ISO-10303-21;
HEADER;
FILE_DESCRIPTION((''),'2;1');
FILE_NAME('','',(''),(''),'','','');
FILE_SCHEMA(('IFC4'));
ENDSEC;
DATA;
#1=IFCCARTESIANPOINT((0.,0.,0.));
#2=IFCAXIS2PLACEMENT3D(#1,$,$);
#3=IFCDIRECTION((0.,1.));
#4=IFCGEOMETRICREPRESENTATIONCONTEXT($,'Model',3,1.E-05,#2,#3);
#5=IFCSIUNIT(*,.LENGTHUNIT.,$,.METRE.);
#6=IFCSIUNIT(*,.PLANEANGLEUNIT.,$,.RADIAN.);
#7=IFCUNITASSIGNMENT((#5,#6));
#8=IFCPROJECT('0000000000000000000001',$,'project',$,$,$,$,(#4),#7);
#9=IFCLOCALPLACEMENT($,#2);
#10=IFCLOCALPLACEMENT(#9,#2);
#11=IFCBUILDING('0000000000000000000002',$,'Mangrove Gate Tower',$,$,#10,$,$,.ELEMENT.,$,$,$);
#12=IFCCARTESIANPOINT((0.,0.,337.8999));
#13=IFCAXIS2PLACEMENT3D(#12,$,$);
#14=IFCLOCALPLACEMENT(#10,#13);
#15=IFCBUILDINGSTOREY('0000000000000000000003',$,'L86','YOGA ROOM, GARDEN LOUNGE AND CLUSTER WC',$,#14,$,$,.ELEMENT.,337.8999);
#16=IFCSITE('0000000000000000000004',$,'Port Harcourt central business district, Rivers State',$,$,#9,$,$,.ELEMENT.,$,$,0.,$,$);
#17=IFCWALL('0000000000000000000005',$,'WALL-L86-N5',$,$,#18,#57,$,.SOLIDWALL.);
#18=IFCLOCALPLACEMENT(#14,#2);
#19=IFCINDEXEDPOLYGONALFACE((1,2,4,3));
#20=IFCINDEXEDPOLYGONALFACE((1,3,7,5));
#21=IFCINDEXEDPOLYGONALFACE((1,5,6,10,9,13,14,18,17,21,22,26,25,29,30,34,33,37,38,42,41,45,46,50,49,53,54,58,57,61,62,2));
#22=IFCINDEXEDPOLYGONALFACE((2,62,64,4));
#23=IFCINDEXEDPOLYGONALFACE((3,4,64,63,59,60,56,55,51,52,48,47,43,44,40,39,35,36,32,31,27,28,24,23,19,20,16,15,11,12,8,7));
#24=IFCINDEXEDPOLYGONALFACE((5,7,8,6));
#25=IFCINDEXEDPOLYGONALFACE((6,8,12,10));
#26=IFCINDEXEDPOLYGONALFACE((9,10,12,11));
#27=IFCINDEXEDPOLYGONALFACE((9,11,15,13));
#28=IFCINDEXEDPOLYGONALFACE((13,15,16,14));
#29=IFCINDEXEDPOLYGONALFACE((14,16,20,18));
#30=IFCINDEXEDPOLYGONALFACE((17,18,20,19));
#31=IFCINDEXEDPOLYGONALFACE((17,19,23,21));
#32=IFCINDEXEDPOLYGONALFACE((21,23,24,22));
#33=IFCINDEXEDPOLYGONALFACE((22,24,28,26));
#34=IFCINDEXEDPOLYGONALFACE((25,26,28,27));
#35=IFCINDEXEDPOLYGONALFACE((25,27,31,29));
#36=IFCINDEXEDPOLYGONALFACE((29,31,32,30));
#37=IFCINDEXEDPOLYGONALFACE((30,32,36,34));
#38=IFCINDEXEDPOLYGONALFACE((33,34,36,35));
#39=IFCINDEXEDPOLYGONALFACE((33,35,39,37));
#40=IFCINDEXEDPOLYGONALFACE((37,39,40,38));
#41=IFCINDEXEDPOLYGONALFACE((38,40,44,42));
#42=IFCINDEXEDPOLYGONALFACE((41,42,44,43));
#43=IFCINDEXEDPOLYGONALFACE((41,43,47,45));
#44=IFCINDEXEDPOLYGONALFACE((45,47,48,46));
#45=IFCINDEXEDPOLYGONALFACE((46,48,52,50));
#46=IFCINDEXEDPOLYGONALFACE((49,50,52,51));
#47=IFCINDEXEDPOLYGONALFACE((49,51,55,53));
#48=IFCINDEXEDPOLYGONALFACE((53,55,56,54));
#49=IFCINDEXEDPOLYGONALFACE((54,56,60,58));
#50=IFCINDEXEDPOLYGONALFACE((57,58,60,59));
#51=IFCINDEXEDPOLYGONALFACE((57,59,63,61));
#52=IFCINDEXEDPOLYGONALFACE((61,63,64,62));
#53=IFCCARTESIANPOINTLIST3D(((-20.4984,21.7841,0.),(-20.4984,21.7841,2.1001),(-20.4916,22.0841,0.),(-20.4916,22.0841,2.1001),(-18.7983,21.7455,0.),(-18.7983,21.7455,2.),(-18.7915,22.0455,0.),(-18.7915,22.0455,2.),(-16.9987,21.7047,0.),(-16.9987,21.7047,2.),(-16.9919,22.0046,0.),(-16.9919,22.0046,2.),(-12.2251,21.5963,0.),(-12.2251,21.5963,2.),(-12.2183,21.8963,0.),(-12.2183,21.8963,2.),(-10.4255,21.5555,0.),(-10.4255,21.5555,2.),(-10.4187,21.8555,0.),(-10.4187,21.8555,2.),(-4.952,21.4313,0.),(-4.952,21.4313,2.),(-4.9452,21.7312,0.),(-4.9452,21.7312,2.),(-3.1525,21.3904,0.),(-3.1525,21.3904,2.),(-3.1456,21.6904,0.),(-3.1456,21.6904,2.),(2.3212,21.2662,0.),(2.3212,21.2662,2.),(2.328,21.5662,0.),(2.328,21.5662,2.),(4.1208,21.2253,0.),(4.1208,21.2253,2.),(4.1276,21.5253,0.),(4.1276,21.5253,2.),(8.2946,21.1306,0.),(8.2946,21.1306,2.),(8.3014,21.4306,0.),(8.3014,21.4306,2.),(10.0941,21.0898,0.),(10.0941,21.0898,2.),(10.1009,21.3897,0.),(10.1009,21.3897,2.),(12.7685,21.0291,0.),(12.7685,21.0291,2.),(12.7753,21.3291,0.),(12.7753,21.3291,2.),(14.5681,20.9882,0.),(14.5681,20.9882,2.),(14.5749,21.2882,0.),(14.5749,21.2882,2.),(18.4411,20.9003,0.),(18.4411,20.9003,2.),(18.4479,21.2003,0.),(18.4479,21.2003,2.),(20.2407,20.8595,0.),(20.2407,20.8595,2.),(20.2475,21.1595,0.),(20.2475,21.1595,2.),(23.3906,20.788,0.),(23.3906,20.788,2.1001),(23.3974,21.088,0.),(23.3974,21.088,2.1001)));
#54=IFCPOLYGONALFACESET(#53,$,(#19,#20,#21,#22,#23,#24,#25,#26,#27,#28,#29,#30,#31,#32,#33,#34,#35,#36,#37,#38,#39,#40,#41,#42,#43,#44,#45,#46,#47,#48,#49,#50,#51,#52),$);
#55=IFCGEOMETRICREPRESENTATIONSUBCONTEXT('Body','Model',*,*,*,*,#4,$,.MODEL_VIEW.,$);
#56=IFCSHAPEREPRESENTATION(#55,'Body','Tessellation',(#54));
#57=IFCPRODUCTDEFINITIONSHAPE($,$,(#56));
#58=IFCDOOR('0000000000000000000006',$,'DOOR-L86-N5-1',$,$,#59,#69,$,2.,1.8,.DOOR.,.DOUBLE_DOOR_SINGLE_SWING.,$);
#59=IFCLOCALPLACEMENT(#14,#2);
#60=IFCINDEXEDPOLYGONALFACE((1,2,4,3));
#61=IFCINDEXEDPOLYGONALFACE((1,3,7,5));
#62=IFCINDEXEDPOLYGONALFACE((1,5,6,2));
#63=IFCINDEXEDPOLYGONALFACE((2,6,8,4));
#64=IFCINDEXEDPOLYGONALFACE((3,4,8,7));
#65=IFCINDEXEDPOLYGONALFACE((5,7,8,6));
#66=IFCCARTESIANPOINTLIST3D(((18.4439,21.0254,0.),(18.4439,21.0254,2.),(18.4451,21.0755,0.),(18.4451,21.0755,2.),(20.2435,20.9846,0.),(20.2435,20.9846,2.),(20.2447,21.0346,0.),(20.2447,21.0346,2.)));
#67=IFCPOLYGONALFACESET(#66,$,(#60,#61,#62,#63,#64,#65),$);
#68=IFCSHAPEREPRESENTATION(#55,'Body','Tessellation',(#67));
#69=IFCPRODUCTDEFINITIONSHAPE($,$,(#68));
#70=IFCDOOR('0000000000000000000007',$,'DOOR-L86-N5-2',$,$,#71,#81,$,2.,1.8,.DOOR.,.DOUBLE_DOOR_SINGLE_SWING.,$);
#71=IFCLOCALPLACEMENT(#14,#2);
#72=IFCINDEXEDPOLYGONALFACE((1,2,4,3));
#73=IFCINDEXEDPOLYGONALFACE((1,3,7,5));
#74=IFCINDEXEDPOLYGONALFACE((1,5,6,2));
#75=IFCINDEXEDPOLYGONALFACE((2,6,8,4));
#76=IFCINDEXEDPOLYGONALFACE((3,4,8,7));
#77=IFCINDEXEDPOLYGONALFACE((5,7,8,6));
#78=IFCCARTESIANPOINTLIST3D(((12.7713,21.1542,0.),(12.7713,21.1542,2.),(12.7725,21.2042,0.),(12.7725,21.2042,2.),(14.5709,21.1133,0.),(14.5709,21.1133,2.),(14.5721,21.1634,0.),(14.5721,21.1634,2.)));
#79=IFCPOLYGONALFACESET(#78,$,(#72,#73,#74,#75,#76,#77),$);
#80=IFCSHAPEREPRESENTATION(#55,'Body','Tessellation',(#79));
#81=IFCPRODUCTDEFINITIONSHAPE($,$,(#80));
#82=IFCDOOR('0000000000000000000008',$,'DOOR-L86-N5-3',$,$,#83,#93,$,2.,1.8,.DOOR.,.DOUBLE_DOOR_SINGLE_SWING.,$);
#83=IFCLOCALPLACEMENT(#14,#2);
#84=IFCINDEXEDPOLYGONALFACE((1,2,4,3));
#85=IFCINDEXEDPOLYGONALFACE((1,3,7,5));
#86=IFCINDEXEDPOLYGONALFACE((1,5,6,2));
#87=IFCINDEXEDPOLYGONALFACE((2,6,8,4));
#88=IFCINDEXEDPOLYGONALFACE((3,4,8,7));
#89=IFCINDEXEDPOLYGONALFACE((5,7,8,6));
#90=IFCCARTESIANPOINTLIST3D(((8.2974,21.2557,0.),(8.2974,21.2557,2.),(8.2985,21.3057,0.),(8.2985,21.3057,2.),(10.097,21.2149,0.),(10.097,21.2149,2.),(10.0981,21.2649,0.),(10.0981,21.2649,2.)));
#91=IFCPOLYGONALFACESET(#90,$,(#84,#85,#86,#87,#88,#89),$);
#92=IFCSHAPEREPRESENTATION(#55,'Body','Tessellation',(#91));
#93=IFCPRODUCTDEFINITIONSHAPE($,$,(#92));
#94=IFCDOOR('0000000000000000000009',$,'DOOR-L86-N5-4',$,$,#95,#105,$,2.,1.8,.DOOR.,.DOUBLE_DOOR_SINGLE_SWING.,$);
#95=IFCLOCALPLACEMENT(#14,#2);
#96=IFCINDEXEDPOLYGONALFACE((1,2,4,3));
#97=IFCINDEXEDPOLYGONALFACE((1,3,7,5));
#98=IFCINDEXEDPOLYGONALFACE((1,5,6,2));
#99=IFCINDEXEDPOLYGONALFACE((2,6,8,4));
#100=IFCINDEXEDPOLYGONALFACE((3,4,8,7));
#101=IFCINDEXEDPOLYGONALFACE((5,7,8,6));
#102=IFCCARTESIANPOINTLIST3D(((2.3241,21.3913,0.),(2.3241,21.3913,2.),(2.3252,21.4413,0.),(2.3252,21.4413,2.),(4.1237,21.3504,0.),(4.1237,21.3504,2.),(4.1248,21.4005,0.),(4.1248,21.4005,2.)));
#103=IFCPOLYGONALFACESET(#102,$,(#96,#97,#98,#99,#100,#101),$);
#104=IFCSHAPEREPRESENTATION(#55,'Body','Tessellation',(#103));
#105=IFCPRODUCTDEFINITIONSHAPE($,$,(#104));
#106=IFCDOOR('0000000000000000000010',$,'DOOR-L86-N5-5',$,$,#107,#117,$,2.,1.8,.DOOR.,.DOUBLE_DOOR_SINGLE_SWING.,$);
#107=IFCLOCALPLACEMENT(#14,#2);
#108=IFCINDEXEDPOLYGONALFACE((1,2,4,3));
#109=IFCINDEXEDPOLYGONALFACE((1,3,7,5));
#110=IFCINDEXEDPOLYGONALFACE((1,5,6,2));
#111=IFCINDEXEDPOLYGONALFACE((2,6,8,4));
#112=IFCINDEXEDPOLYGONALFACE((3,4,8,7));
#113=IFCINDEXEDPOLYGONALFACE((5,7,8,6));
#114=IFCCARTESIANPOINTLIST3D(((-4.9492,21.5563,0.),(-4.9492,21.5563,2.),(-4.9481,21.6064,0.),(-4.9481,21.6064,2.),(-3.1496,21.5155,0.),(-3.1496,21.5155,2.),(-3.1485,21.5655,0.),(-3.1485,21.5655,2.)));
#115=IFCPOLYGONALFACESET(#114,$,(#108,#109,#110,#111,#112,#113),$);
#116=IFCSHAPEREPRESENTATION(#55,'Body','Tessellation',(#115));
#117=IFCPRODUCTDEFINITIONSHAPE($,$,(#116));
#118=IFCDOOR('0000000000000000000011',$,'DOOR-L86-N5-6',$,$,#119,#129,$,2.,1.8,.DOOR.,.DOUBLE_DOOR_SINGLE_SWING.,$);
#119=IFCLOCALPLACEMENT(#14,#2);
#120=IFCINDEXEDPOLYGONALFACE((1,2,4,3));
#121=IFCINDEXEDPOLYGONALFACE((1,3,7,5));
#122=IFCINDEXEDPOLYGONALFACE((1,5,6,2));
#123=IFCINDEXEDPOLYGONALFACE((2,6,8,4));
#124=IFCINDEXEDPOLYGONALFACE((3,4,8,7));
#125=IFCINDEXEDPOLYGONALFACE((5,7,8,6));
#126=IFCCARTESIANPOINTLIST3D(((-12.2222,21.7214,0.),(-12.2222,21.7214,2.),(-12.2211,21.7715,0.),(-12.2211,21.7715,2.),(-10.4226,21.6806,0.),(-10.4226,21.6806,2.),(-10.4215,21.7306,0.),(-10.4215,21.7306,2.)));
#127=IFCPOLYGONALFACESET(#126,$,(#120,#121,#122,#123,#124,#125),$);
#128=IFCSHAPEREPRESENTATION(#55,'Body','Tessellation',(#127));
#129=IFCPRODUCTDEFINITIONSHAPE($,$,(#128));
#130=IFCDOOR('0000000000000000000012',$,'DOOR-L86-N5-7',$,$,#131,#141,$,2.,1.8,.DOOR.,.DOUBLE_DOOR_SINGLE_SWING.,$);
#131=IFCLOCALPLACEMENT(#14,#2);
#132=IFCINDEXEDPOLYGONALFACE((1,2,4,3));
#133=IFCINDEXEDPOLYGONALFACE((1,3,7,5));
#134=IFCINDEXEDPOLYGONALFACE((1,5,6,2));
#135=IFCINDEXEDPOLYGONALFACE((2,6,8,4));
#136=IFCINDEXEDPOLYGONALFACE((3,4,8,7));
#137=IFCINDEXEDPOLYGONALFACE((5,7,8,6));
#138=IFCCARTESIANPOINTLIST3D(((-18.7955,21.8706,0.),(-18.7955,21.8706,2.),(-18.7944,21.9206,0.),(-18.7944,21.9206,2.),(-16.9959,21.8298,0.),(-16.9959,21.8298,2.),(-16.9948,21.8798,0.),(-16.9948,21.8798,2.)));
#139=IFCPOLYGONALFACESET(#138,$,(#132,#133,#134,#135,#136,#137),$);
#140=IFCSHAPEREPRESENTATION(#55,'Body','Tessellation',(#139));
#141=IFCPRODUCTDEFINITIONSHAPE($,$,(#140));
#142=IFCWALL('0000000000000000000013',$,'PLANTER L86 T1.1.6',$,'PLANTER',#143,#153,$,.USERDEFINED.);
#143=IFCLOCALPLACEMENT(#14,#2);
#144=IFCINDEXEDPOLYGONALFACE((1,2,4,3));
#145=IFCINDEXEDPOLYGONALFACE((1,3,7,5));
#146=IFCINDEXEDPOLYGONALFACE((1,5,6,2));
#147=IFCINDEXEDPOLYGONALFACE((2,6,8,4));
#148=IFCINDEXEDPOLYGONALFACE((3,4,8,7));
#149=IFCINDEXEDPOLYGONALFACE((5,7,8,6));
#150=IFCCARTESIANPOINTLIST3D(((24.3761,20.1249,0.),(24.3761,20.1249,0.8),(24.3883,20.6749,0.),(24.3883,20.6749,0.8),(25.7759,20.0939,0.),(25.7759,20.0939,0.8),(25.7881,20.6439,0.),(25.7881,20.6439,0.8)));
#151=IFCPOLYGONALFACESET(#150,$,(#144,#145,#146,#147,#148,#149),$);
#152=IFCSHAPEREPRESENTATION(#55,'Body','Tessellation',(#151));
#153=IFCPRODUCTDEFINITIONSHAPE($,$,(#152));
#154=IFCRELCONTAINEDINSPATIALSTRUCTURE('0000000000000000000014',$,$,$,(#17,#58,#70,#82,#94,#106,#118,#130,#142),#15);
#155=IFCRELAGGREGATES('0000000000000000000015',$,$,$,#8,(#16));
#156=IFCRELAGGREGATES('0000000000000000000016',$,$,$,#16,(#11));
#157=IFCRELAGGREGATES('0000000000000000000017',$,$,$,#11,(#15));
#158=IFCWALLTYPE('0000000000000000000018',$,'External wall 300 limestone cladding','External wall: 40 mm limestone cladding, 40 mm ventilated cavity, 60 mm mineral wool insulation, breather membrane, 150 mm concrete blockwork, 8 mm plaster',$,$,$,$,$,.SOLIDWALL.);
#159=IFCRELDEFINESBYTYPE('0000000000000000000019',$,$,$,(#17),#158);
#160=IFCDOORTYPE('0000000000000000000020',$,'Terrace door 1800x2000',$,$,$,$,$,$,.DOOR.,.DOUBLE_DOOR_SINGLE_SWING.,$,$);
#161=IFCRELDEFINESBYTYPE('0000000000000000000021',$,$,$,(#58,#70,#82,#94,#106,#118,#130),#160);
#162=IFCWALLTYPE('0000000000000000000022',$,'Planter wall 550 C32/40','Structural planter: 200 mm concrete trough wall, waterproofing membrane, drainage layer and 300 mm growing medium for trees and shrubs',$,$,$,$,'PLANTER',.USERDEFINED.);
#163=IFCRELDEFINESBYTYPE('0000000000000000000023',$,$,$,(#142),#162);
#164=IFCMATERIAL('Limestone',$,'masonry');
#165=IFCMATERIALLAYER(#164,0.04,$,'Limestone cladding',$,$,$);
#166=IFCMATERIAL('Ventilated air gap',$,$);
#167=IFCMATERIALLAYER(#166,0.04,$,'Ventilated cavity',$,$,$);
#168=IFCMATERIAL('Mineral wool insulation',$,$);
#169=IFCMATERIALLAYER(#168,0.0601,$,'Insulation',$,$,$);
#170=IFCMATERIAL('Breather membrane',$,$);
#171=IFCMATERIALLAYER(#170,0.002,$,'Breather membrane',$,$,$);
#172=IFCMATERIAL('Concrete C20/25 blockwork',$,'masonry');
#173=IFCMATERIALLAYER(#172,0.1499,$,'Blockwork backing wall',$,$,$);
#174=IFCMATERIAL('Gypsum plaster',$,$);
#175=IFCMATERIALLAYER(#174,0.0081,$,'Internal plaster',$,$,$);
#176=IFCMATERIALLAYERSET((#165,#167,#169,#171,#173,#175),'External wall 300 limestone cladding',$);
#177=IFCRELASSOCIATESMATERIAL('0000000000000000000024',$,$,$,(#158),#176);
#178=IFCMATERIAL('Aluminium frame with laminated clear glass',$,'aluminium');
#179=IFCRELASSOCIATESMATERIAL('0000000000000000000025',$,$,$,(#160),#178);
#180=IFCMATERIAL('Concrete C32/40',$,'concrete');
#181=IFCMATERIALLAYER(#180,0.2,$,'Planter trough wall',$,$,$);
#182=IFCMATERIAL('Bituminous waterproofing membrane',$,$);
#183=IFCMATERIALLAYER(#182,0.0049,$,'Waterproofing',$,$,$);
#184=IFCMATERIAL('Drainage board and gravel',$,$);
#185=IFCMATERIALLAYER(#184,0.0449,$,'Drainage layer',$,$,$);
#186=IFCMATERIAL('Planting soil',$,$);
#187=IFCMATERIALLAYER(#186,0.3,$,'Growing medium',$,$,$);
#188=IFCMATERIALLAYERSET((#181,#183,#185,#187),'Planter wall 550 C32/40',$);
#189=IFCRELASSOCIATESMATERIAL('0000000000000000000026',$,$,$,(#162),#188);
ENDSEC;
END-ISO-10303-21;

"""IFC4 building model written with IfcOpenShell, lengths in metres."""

from ifc_helpers import new_model, si_unit, direction, frame, frame_2d, origin, place, context, subcontext, project, spatial, rectangle, extrude, material, layer, layer_set, type_object, element, fill, save


model = new_model("IFC4")

# Units and contexts
model_context = context("Model", 3, precision=1e-05, world=origin(), true_north=direction((0.0, 1.0)))
body_context = subcontext(model_context, "Body", "Model", "MODEL_VIEW")
ifc_project = project(units=[si_unit("LENGTHUNIT", "METRE"), si_unit("PLANEANGLEUNIT", "RADIAN")], contexts=[model_context])

# Site, building, storey
site_placement = place(None, origin())
site = spatial("IfcSite", under=ifc_project, at=site_placement, Name="Port Harcourt central business district, Rivers State", CompositionType="ELEMENT", RefElevation=0.0)
building_placement = place(site_placement, origin())
building = spatial("IfcBuilding", under=site, at=building_placement, Name="Mangrove Gate Tower", CompositionType="ELEMENT")
storey_placement = place(building_placement, frame((0.0, 0.0, 337.8999)))
storey = spatial("IfcBuildingStorey", under=building, at=storey_placement, Name="L86", Description="YOGA ROOM, GARDEN LOUNGE AND CLUSTER WC", CompositionType="ELEMENT", Elevation=337.8999)

# Shared definitions
ifc_material_1 = material(Name="Limestone", Category="masonry")
ifc_layer_1 = layer(ifc_material_1, 0.04, Name="Limestone cladding")
ifc_material_2 = material(Name="Ventilated air gap")
ifc_layer_2 = layer(ifc_material_2, 0.04, Name="Ventilated cavity")
ifc_material_3 = material(Name="Mineral wool insulation")
ifc_layer_3 = layer(ifc_material_3, 0.0601, Name="Insulation")
ifc_material_4 = material(Name="Breather membrane")
ifc_layer_4 = layer(ifc_material_4, 0.002, Name="Breather membrane")
ifc_material_5 = material(Name="Concrete C20/25 blockwork", Category="masonry")
ifc_layer_5 = layer(ifc_material_5, 0.1499, Name="Blockwork backing wall")
ifc_material_6 = material(Name="Gypsum plaster")
ifc_layer_6 = layer(ifc_material_6, 0.0081, Name="Internal plaster")
ifc_layer_set_1 = layer_set([ifc_layer_1, ifc_layer_2, ifc_layer_3, ifc_layer_4, ifc_layer_5, ifc_layer_6], Name="External wall 300 limestone cladding")
wall_type_1 = type_object("IfcWallType", Name="External wall 300 limestone cladding", Description="External wall: 40 mm limestone cladding, 40 mm ventilated cavity, 60 mm mineral wool insulation, breather membrane, 150 mm concrete blockwork, 8 mm plaster", PredefinedType="SOLIDWALL", material=ifc_layer_set_1)

# Wall, openings, doors
wall_1_placement = place(storey_placement, frame((23.394, 20.938, 0.0), z_axis=(0.0, 0.0, 1.0), x_axis=(-0.999743, 0.02269, 0.0)))
wall_1 = element("IfcWall", 1, at=wall_1_placement, inside=storey, type_object=wall_type_1, Name="WALL-L86-N5", PredefinedType="SOLIDWALL", context=body_context, shape_type="SweptSolid", body=[
    extrude(rectangle(XDim=43.9004, YDim=0.3, at=frame_2d((21.9502, 0.0))), origin(), (0.0, 0.0, 1.0), 2.1001),
])
opening_1_placement = place(wall_1_placement, frame((3.1509, 0.0, 0.0)))
opening_1 = element("IfcOpeningElement", 2, at=opening_1_placement, cuts=wall_1, PredefinedType="OPENING", context=body_context, shape_type="SweptSolid", body=[
    extrude(rectangle(XDim=1.8, YDim=2.0, at=frame_2d((0.8999, 1.0))), frame((0.0, 0.1599, 0.0), z_axis=(0.0, -1.0, 0.0), x_axis=(1.0, 0.0, 0.0)), (0.0, 0.0, 1.0), 0.3201),
])
opening_2_placement = place(wall_1_placement, frame((8.825, 0.0, 0.0)))
opening_2 = element("IfcOpeningElement", 3, at=opening_2_placement, cuts=wall_1, PredefinedType="OPENING", context=body_context, shape_type="SweptSolid", body=[
    extrude(rectangle(XDim=1.8, YDim=2.0, at=frame_2d((0.8999, 1.0))), frame((0.0, 0.1599, 0.0), z_axis=(0.0, -1.0, 0.0), x_axis=(1.0, 0.0, 0.0)), (0.0, 0.0, 1.0), 0.3201),
])
opening_3_placement = place(wall_1_placement, frame((13.3, 0.0, 0.0)))
opening_3 = element("IfcOpeningElement", 4, at=opening_3_placement, cuts=wall_1, PredefinedType="OPENING", context=body_context, shape_type="SweptSolid", body=[
    extrude(rectangle(XDim=1.8, YDim=2.0, at=frame_2d((0.8999, 1.0))), frame((0.0, 0.1599, 0.0), z_axis=(0.0, -1.0, 0.0), x_axis=(1.0, 0.0, 0.0)), (0.0, 0.0, 1.0), 0.3201),
])
opening_4_placement = place(wall_1_placement, frame((19.2749, 0.0, 0.0)))
opening_4 = element("IfcOpeningElement", 5, at=opening_4_placement, cuts=wall_1, PredefinedType="OPENING", context=body_context, shape_type="SweptSolid", body=[
    extrude(rectangle(XDim=1.8, YDim=2.0, at=frame_2d((0.8999, 1.0))), frame((0.0, 0.1599, 0.0), z_axis=(0.0, -1.0, 0.0), x_axis=(1.0, 0.0, 0.0)), (0.0, 0.0, 1.0), 0.3201),
])
opening_5_placement = place(wall_1_placement, frame((26.55, 0.0, 0.0)))
opening_5 = element("IfcOpeningElement", 6, at=opening_5_placement, cuts=wall_1, PredefinedType="OPENING", context=body_context, shape_type="SweptSolid", body=[
    extrude(rectangle(XDim=1.8, YDim=2.0, at=frame_2d((0.8999, 1.0))), frame((0.0, 0.1599, 0.0), z_axis=(0.0, -1.0, 0.0), x_axis=(1.0, 0.0, 0.0)), (0.0, 0.0, 1.0), 0.3201),
])
opening_6_placement = place(wall_1_placement, frame((33.825, 0.0, 0.0)))
opening_6 = element("IfcOpeningElement", 7, at=opening_6_placement, cuts=wall_1, PredefinedType="OPENING", context=body_context, shape_type="SweptSolid", body=[
    extrude(rectangle(XDim=1.8, YDim=2.0, at=frame_2d((0.8999, 1.0))), frame((0.0, 0.1599, 0.0), z_axis=(0.0, -1.0, 0.0), x_axis=(1.0, 0.0, 0.0)), (0.0, 0.0, 1.0), 0.3201),
])
opening_7_placement = place(wall_1_placement, frame((40.3999, 0.0, 0.0)))
opening_7 = element("IfcOpeningElement", 8, at=opening_7_placement, cuts=wall_1, PredefinedType="OPENING", context=body_context, shape_type="SweptSolid", body=[
    extrude(rectangle(XDim=1.8, YDim=2.0, at=frame_2d((0.8999, 1.0))), frame((0.0, 0.1599, 0.0), z_axis=(0.0, -1.0, 0.0), x_axis=(1.0, 0.0, 0.0)), (0.0, 0.0, 1.0), 0.3201),
])
ifc_material_7 = material(Name="Aluminium frame with laminated clear glass", Category="aluminium")
door_type_1 = type_object("IfcDoorType", Name="Terrace door 1800x2000", OperationType="DOUBLE_DOOR_SINGLE_SWING", PredefinedType="DOOR", material=ifc_material_7)
door_1_placement = place(opening_1_placement, origin())
door_1 = element("IfcDoor", 9, at=door_1_placement, inside=storey, type_object=door_type_1, Name="DOOR-L86-N5-1", OperationType="DOUBLE_DOOR_SINGLE_SWING", OverallHeight=2.0, OverallWidth=1.8, PredefinedType="DOOR", context=body_context, shape_type="SweptSolid", body=[
    extrude(rectangle(XDim=1.8, YDim=2.0, at=frame_2d((0.8999, 1.0))), frame((0.0, 0.0249, 0.0), z_axis=(0.0, -1.0, 0.0), x_axis=(1.0, 0.0, 0.0)), (0.0, 0.0, 1.0), 0.05),
])
fill(opening_1, door_1)
door_2_placement = place(opening_2_placement, origin())
door_2 = element("IfcDoor", 10, at=door_2_placement, inside=storey, type_object=door_type_1, Name="DOOR-L86-N5-2", OperationType="DOUBLE_DOOR_SINGLE_SWING", OverallHeight=2.0, OverallWidth=1.8, PredefinedType="DOOR", context=body_context, shape_type="SweptSolid", body=[
    extrude(rectangle(XDim=1.8, YDim=2.0, at=frame_2d((0.8999, 1.0))), frame((0.0, 0.0249, 0.0), z_axis=(0.0, -1.0, 0.0), x_axis=(1.0, 0.0, 0.0)), (0.0, 0.0, 1.0), 0.05),
])
fill(opening_2, door_2)
door_3_placement = place(opening_3_placement, origin())
door_3 = element("IfcDoor", 11, at=door_3_placement, inside=storey, type_object=door_type_1, Name="DOOR-L86-N5-3", OperationType="DOUBLE_DOOR_SINGLE_SWING", OverallHeight=2.0, OverallWidth=1.8, PredefinedType="DOOR", context=body_context, shape_type="SweptSolid", body=[
    extrude(rectangle(XDim=1.8, YDim=2.0, at=frame_2d((0.8999, 1.0))), frame((0.0, 0.0249, 0.0), z_axis=(0.0, -1.0, 0.0), x_axis=(1.0, 0.0, 0.0)), (0.0, 0.0, 1.0), 0.05),
])
fill(opening_3, door_3)
door_4_placement = place(opening_4_placement, origin())
door_4 = element("IfcDoor", 12, at=door_4_placement, inside=storey, type_object=door_type_1, Name="DOOR-L86-N5-4", OperationType="DOUBLE_DOOR_SINGLE_SWING", OverallHeight=2.0, OverallWidth=1.8, PredefinedType="DOOR", context=body_context, shape_type="SweptSolid", body=[
    extrude(rectangle(XDim=1.8, YDim=2.0, at=frame_2d((0.8999, 1.0))), frame((0.0, 0.0249, 0.0), z_axis=(0.0, -1.0, 0.0), x_axis=(1.0, 0.0, 0.0)), (0.0, 0.0, 1.0), 0.05),
])
fill(opening_4, door_4)
door_5_placement = place(opening_5_placement, origin())
door_5 = element("IfcDoor", 13, at=door_5_placement, inside=storey, type_object=door_type_1, Name="DOOR-L86-N5-5", OperationType="DOUBLE_DOOR_SINGLE_SWING", OverallHeight=2.0, OverallWidth=1.8, PredefinedType="DOOR", context=body_context, shape_type="SweptSolid", body=[
    extrude(rectangle(XDim=1.8, YDim=2.0, at=frame_2d((0.8999, 1.0))), frame((0.0, 0.0249, 0.0), z_axis=(0.0, -1.0, 0.0), x_axis=(1.0, 0.0, 0.0)), (0.0, 0.0, 1.0), 0.05),
])
fill(opening_5, door_5)
door_6_placement = place(opening_6_placement, origin())
door_6 = element("IfcDoor", 14, at=door_6_placement, inside=storey, type_object=door_type_1, Name="DOOR-L86-N5-6", OperationType="DOUBLE_DOOR_SINGLE_SWING", OverallHeight=2.0, OverallWidth=1.8, PredefinedType="DOOR", context=body_context, shape_type="SweptSolid", body=[
    extrude(rectangle(XDim=1.8, YDim=2.0, at=frame_2d((0.8999, 1.0))), frame((0.0, 0.0249, 0.0), z_axis=(0.0, -1.0, 0.0), x_axis=(1.0, 0.0, 0.0)), (0.0, 0.0, 1.0), 0.05),
])
fill(opening_6, door_6)
door_7_placement = place(opening_7_placement, origin())
door_7 = element("IfcDoor", 15, at=door_7_placement, inside=storey, type_object=door_type_1, Name="DOOR-L86-N5-7", OperationType="DOUBLE_DOOR_SINGLE_SWING", OverallHeight=2.0, OverallWidth=1.8, PredefinedType="DOOR", context=body_context, shape_type="SweptSolid", body=[
    extrude(rectangle(XDim=1.8, YDim=2.0, at=frame_2d((0.8999, 1.0))), frame((0.0, 0.0249, 0.0), z_axis=(0.0, -1.0, 0.0), x_axis=(1.0, 0.0, 0.0)), (0.0, 0.0, 1.0), 0.05),
])
fill(opening_7, door_7)

# Wall
ifc_material_8 = material(Name="Concrete C32/40", Category="concrete")
ifc_layer_7 = layer(ifc_material_8, 0.2, Name="Planter trough wall")
ifc_material_9 = material(Name="Bituminous waterproofing membrane")
ifc_layer_8 = layer(ifc_material_9, 0.0049, Name="Waterproofing")
ifc_material_10 = material(Name="Drainage board and gravel")
ifc_layer_9 = layer(ifc_material_10, 0.0449, Name="Drainage layer")
ifc_material_11 = material(Name="Planting soil")
ifc_layer_10 = layer(ifc_material_11, 0.3, Name="Growing medium")
ifc_layer_set_2 = layer_set([ifc_layer_7, ifc_layer_8, ifc_layer_9, ifc_layer_10], Name="Planter wall 550 C32/40")
wall_type_2 = type_object("IfcWallType", Name="Planter wall 550 C32/40", Description="Structural planter: 200 mm concrete trough wall, waterproofing membrane, drainage layer and 300 mm growing medium for trees and shrubs", ElementType="PLANTER", PredefinedType="USERDEFINED", material=ifc_layer_set_2)
for number, where, z_axis, x_axis, name in (
    (16, (24.3821, 20.3999, 0.0), (0.0, 0.0, 1.0), (0.999755, -0.022143, 0.0), "PLANTER L86 T1.1.6"),
):
    element("IfcWall", number, at=place(storey_placement, frame(where, z_axis=z_axis, x_axis=x_axis)), inside=storey, type_object=wall_type_2, Name=name, ObjectType="PLANTER", PredefinedType="USERDEFINED", context=body_context, shape_type="SweptSolid", body=[
        extrude(rectangle(XDim=1.4001, YDim=0.55, at=frame_2d((0.7002, 0.0))), origin(), (0.0, 0.0, 1.0), 0.8),
    ])

save(model, "model.ifc")
